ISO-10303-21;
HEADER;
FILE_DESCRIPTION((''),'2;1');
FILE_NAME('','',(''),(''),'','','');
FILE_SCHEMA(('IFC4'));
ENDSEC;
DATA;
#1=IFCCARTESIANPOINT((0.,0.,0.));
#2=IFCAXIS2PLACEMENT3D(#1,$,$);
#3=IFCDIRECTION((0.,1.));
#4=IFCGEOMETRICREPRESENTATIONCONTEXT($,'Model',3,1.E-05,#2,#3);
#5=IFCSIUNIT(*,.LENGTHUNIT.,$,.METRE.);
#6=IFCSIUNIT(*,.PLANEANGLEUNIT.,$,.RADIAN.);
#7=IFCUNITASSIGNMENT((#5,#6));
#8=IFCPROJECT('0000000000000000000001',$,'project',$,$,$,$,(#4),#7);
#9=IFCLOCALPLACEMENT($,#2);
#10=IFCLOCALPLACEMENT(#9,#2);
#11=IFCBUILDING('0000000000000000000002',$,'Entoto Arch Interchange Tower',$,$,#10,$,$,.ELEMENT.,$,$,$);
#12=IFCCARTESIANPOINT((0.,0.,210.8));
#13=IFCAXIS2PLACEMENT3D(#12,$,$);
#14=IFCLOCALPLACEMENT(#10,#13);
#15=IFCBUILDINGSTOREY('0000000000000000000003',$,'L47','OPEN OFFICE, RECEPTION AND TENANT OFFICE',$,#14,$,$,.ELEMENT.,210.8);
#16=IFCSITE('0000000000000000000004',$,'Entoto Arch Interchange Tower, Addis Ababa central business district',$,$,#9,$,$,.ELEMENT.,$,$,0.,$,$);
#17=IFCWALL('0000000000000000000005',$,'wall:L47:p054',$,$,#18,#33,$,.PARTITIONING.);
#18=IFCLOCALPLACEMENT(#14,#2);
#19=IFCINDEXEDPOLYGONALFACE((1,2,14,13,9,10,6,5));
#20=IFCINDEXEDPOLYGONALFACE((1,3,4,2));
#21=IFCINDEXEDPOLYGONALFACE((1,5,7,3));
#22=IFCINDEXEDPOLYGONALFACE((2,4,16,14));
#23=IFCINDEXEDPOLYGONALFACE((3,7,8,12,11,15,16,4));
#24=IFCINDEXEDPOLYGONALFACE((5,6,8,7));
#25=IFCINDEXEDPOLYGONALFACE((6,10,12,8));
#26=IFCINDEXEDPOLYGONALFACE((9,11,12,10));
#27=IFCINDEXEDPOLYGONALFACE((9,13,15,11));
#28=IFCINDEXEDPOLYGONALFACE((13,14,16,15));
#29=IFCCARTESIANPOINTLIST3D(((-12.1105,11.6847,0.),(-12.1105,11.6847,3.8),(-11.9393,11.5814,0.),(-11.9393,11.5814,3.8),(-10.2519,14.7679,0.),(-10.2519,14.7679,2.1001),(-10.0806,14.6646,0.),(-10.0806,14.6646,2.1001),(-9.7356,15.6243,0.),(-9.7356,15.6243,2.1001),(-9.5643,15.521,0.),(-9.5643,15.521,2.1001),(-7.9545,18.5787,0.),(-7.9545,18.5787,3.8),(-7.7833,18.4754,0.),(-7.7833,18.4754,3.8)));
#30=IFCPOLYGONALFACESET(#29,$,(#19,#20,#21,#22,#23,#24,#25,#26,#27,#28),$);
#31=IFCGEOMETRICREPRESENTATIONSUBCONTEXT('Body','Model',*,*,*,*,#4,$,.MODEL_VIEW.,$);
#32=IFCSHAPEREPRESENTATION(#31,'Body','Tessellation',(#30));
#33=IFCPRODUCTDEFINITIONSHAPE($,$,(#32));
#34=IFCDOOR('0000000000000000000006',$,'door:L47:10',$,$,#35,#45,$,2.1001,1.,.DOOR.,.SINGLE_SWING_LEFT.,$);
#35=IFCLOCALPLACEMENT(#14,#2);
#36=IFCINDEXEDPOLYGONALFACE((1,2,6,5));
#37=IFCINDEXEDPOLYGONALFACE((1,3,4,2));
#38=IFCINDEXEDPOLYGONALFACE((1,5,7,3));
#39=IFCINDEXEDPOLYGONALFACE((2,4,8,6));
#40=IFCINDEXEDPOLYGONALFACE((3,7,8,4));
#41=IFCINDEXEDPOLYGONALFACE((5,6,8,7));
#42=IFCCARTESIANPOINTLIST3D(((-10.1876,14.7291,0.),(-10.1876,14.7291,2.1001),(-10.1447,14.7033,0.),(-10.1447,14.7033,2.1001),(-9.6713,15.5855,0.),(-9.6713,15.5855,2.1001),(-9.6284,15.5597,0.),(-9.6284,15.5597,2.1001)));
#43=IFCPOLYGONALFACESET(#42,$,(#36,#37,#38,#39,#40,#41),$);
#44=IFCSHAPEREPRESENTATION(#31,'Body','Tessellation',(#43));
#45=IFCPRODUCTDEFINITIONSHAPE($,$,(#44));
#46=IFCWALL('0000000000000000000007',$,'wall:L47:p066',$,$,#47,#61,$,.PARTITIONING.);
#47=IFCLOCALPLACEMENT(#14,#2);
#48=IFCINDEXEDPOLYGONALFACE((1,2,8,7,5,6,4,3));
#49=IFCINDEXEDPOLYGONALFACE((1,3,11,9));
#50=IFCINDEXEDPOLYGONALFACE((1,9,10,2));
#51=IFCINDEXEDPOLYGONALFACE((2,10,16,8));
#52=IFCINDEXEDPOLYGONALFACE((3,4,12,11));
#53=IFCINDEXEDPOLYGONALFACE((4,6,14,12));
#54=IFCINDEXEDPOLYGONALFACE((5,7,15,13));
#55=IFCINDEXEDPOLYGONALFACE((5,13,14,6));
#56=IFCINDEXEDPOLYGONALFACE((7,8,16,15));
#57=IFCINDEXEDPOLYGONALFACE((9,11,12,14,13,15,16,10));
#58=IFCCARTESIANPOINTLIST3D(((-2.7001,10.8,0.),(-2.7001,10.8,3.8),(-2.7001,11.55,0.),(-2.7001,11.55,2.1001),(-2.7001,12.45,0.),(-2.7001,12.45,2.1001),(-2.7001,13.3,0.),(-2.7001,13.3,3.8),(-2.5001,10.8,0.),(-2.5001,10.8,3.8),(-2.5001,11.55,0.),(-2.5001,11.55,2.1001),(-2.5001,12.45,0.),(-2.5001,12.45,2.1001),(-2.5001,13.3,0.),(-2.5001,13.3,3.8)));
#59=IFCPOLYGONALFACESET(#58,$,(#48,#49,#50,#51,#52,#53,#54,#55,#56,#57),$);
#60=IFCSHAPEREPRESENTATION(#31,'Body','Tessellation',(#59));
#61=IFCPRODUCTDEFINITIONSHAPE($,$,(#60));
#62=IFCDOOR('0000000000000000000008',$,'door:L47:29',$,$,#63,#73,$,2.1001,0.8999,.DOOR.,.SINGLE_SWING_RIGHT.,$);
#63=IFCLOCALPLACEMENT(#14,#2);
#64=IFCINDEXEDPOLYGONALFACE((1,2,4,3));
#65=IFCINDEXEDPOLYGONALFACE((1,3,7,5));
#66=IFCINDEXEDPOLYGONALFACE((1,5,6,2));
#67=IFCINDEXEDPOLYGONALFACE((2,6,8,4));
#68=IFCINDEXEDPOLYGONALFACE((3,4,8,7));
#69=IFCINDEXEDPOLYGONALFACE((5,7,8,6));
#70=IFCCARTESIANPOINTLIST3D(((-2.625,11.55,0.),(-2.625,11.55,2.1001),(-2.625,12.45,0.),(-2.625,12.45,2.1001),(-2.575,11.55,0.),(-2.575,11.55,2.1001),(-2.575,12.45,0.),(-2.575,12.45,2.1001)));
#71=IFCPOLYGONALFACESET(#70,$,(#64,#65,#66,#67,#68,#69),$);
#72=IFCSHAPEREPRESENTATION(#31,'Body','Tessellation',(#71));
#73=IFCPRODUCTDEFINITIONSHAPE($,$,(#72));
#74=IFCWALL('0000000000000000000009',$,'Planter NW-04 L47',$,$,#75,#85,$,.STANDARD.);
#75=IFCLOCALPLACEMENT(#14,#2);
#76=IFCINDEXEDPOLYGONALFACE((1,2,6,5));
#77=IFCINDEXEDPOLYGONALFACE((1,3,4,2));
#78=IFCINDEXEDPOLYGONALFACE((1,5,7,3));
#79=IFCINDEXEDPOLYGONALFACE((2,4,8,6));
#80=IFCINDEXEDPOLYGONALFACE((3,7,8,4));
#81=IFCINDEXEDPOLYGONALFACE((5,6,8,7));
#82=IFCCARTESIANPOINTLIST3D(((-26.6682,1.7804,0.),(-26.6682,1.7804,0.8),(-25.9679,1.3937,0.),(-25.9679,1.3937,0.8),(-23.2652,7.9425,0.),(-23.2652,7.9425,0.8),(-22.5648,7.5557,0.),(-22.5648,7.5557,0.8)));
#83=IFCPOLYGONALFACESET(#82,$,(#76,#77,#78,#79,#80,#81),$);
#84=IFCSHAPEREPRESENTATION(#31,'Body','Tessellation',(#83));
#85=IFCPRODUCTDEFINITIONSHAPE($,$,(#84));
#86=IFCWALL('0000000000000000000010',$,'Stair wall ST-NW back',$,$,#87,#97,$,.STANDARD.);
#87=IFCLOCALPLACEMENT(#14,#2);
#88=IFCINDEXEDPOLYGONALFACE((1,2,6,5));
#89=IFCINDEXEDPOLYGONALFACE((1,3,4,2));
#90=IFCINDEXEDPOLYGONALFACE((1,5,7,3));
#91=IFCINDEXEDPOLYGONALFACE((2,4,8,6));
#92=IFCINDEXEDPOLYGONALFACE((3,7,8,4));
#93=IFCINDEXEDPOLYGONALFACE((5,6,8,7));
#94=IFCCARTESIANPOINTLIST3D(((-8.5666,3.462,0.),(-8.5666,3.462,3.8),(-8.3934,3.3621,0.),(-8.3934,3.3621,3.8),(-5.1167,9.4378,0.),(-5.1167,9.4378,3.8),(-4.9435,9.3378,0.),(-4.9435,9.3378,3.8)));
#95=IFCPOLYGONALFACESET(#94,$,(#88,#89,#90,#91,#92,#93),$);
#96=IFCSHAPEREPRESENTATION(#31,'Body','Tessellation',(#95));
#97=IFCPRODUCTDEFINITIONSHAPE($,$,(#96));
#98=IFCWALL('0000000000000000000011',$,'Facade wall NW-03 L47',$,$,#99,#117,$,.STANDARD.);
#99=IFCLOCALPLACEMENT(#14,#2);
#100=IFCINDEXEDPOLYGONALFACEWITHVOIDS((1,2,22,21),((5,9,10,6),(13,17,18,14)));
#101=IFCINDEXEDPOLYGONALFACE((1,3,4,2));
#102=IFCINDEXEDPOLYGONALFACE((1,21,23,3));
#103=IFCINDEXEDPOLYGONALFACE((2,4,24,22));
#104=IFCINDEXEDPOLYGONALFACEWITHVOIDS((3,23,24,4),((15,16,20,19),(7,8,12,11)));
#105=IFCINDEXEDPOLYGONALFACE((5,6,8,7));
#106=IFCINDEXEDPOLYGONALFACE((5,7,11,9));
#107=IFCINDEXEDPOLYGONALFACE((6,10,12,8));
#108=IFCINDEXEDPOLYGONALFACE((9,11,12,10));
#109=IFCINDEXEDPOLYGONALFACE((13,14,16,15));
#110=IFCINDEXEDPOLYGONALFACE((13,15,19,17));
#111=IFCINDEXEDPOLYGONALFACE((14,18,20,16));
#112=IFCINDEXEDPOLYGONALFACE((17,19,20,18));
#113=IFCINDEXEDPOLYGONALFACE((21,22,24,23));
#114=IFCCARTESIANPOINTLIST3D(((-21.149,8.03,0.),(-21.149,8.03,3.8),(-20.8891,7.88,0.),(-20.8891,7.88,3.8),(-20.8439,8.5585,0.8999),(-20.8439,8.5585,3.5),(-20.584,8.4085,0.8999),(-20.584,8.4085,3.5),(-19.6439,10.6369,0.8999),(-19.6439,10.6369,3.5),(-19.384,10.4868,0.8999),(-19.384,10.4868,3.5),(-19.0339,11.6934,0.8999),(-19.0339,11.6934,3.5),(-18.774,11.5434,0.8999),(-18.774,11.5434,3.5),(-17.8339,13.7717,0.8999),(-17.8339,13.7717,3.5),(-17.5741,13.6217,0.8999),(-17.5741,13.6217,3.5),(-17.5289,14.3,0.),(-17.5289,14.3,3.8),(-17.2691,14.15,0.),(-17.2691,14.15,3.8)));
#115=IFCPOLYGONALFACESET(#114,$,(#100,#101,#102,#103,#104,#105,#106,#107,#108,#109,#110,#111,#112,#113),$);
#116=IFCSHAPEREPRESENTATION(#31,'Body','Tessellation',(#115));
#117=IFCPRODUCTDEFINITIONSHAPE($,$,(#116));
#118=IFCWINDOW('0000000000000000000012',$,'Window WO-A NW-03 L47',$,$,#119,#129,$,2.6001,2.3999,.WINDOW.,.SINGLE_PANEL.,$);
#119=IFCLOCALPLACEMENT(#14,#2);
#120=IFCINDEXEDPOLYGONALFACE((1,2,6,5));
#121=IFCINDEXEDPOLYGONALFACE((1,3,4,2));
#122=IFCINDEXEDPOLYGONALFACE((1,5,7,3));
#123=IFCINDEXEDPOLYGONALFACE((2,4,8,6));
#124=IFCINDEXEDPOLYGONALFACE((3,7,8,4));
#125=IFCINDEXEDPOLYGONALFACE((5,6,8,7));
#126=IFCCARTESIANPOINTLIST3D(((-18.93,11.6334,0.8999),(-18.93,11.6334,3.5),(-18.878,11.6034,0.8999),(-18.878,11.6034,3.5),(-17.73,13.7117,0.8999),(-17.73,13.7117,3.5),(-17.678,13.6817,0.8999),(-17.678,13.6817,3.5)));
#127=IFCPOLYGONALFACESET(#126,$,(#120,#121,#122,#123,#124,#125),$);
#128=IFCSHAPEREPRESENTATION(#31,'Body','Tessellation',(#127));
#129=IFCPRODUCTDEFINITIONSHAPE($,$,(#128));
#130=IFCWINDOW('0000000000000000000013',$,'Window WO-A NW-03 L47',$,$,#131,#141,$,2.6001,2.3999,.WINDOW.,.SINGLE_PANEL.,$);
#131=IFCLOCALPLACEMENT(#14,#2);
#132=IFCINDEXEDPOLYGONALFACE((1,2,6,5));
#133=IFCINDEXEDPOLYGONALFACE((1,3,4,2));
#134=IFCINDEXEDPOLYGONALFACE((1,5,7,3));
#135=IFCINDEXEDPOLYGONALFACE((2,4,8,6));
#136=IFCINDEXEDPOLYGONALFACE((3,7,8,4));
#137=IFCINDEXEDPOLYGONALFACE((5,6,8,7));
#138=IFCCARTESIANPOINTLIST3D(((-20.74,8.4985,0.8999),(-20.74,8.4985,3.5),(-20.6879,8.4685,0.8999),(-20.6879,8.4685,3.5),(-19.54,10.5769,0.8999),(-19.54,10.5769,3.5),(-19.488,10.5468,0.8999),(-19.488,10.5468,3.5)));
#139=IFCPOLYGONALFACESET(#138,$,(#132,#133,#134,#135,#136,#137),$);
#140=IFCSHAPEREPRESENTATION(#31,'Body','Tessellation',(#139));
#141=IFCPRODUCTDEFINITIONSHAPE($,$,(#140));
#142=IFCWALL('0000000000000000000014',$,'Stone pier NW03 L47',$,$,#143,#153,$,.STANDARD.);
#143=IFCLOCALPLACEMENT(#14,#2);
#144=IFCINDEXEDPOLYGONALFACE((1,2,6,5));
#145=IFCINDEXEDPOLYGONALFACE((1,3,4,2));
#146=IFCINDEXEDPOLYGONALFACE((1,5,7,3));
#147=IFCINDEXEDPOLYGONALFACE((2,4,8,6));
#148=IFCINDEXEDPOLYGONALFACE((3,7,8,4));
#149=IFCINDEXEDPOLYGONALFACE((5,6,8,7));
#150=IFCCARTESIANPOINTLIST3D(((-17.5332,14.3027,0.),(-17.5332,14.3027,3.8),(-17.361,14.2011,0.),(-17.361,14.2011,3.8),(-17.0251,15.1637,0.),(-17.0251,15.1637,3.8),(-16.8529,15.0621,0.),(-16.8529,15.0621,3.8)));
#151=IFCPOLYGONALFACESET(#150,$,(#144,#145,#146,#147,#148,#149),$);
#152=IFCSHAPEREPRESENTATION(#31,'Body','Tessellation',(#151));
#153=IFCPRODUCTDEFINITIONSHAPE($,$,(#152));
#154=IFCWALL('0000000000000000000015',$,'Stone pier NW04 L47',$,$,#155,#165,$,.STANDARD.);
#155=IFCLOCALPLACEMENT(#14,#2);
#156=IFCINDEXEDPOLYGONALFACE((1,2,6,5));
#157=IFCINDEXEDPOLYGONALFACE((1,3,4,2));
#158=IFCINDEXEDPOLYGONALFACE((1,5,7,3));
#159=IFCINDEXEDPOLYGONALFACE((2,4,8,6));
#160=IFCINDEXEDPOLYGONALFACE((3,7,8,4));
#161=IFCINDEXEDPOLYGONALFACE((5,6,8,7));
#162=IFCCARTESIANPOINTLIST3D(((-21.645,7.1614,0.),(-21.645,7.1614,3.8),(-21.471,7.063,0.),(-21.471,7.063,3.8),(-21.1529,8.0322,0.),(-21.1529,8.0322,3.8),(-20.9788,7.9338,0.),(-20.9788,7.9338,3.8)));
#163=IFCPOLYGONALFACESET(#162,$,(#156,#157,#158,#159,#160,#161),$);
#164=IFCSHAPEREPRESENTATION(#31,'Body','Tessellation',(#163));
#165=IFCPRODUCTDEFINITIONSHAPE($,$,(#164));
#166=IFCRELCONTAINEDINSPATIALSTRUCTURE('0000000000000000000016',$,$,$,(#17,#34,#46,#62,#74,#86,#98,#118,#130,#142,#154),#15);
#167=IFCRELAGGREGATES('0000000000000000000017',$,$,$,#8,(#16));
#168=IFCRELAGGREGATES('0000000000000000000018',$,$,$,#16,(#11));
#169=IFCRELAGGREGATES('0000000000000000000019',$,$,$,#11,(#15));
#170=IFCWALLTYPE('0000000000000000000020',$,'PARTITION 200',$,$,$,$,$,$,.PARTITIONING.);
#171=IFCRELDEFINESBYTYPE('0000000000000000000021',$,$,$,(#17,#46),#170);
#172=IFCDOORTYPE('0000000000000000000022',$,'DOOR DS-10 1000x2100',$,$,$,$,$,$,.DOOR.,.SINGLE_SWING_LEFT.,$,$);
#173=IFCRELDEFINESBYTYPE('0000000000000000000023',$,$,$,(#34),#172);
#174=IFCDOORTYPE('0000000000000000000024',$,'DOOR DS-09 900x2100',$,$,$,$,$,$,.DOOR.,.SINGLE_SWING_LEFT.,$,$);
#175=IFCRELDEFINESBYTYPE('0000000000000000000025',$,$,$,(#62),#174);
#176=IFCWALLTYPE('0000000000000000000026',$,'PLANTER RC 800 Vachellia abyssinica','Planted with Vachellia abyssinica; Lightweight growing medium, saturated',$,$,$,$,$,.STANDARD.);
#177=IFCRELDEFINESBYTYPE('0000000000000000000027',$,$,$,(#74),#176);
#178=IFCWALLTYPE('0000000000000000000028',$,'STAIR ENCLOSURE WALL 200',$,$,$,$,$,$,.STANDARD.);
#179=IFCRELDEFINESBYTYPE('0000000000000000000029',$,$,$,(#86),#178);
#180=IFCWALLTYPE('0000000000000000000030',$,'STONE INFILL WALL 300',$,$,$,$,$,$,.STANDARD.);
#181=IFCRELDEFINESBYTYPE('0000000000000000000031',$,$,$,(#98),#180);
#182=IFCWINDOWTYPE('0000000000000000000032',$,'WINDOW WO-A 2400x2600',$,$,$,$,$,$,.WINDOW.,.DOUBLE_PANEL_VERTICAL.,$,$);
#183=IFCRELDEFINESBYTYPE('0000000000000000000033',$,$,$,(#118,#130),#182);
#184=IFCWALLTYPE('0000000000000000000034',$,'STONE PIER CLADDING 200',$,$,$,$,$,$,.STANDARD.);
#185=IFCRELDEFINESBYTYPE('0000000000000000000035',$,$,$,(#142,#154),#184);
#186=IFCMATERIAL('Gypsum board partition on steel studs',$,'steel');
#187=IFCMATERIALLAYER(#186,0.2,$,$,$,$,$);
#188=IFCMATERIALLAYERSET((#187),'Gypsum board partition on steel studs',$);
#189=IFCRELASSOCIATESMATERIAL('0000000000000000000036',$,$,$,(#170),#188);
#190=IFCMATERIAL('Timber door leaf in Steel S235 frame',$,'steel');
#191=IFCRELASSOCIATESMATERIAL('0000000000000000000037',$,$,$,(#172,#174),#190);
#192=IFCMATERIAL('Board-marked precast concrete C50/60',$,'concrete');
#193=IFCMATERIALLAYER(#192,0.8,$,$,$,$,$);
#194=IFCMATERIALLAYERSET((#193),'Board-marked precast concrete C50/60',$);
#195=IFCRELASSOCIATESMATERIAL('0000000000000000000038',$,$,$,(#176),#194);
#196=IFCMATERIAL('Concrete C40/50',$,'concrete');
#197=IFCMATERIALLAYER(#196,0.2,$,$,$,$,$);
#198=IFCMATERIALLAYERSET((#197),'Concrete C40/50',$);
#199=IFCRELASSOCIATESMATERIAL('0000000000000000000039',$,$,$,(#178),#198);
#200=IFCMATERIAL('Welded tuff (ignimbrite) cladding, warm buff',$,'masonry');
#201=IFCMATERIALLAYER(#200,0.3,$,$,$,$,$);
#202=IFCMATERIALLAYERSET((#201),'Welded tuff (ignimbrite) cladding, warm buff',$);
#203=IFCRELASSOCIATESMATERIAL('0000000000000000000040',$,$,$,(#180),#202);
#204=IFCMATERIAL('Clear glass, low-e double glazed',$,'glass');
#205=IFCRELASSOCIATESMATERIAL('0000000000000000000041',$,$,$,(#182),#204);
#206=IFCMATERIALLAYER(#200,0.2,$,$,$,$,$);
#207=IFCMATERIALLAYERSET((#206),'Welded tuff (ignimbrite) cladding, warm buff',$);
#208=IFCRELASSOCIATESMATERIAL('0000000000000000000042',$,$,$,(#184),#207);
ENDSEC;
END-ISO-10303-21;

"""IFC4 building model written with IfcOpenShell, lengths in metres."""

from ifc_helpers import new_model, si_unit, direction, frame, frame_2d, origin, place, context, subcontext, project, spatial, rectangle, extrude, material, layer, layer_set, type_object, element, fill, save


model = new_model("IFC4")

# Units and contexts
model_context = context("Model", 3, precision=1e-05, world=origin(), true_north=direction((0.0, 1.0)))
body_context = subcontext(model_context, "Body", "Model", "MODEL_VIEW")
ifc_project = project(units=[si_unit("LENGTHUNIT", "METRE"), si_unit("PLANEANGLEUNIT", "RADIAN")], contexts=[model_context])

# Site, building, storey
site_placement = place(None, origin())
site = spatial("IfcSite", under=ifc_project, at=site_placement, Name="Entoto Arch Interchange Tower, Addis Ababa central business district", CompositionType="ELEMENT", RefElevation=0.0)
building_placement = place(site_placement, origin())
building = spatial("IfcBuilding", under=site, at=building_placement, Name="Entoto Arch Interchange Tower", CompositionType="ELEMENT")
storey_placement = place(building_placement, frame((0.0, 0.0, 210.8)))
storey = spatial("IfcBuildingStorey", under=building, at=storey_placement, Name="L47", Description="OPEN OFFICE, RECEPTION AND TENANT OFFICE", CompositionType="ELEMENT", Elevation=210.8)

# Shared definitions
ifc_material_1 = material(Name="Concrete C40/50", Category="concrete")
ifc_material_2 = material(Name="Gypsum board partition on steel studs", Category="steel")

# Shared definitions
ifc_layer_1 = layer(ifc_material_2, 0.2)
ifc_layer_set_1 = layer_set([ifc_layer_1], Name="Gypsum board partition on steel studs")
wall_type_1 = type_object("IfcWallType", Name="PARTITION 200", PredefinedType="PARTITIONING", material=ifc_layer_set_1)
ifc_material_3 = material(Name="Timber door leaf in Steel S235 frame", Category="steel")
door_type_1 = type_object("IfcDoorType", Name="DOOR DS-10 1000x2100", OperationType="SINGLE_SWING_LEFT", PredefinedType="DOOR", material=ifc_material_3)

# Walls, openings, doors
wall_1_placement = place(storey_placement, frame((-12.0249, 11.6331, 0.0), z_axis=(0.0, 0.0, 1.0), x_axis=(0.516283, 0.856418, 0.0)))
wall_1 = element("IfcWall", 1, at=wall_1_placement, inside=storey, type_object=wall_type_1, Name="wall:L47:p054", PredefinedType="PARTITIONING", context=body_context, shape_type="SweptSolid", body=[
    extrude(rectangle(XDim=8.0498, YDim=0.2, at=frame_2d((4.0249, 0.0))), origin(), (0.0, 0.0, 1.0), 3.8),
])
opening_1_placement = place(wall_1_placement, frame((3.6001, 0.0, 0.0)))
opening_1 = element("IfcOpeningElement", 2, at=opening_1_placement, cuts=wall_1, PredefinedType="OPENING", context=body_context, shape_type="SweptSolid", body=[
    extrude(rectangle(XDim=1.0, YDim=2.1001, at=frame_2d((0.5, 1.05))), frame((0.0, 0.1099, 0.0), z_axis=(0.0, -1.0, 0.0), x_axis=(1.0, 0.0, 0.0)), (0.0, 0.0, 1.0), 0.22),
])
door_1_placement = place(opening_1_placement, origin())
door_1 = element("IfcDoor", 3, at=door_1_placement, inside=storey, type_object=door_type_1, Name="door:L47:10", OperationType="SINGLE_SWING_LEFT", OverallHeight=2.1001, OverallWidth=1.0, PredefinedType="DOOR", context=body_context, shape_type="SweptSolid", body=[
    extrude(rectangle(XDim=1.0, YDim=2.1001, at=frame_2d((0.5, 1.05))), frame((0.0, 0.0249, 0.0), z_axis=(0.0, -1.0, 0.0), x_axis=(1.0, 0.0, 0.0)), (0.0, 0.0, 1.0), 0.05),
])
fill(opening_1, door_1)
wall_2_placement = place(storey_placement, frame((-2.6001, 10.8, 0.0), z_axis=(0.0, 0.0, 1.0), x_axis=(0.0, 1.0, 0.0)))
wall_2 = element("IfcWall", 4, at=wall_2_placement, inside=storey, type_object=wall_type_1, Name="wall:L47:p066", PredefinedType="PARTITIONING", context=body_context, shape_type="SweptSolid", body=[
    extrude(rectangle(XDim=2.5, YDim=0.2, at=frame_2d((1.25, 0.0))), origin(), (0.0, 0.0, 1.0), 3.8),
])
opening_2_placement = place(wall_2_placement, frame((0.75, 0.0, 0.0)))
opening_2 = element("IfcOpeningElement", 5, at=opening_2_placement, cuts=wall_2, PredefinedType="OPENING", context=body_context, shape_type="SweptSolid", body=[
    extrude(rectangle(XDim=0.8999, YDim=2.1001, at=frame_2d((0.45, 1.05))), frame((0.0, 0.1099, 0.0), z_axis=(0.0, -1.0, 0.0), x_axis=(1.0, 0.0, 0.0)), (0.0, 0.0, 1.0), 0.22),
])
door_type_2 = type_object("IfcDoorType", Name="DOOR DS-09 900x2100", OperationType="SINGLE_SWING_LEFT", PredefinedType="DOOR", material=ifc_material_3)
door_2_placement = place(opening_2_placement, origin())
door_2 = element("IfcDoor", 6, at=door_2_placement, inside=storey, type_object=door_type_2, Name="door:L47:29", OperationType="SINGLE_SWING_RIGHT", OverallHeight=2.1001, OverallWidth=0.8999, PredefinedType="DOOR", context=body_context, shape_type="SweptSolid", body=[
    extrude(rectangle(XDim=0.8999, YDim=2.1001, at=frame_2d((0.45, 1.05))), frame((0.0, 0.0249, 0.0), z_axis=(0.0, -1.0, 0.0), x_axis=(1.0, 0.0, 0.0)), (0.0, 0.0, 1.0), 0.05),
])
fill(opening_2, door_2)

# Walls
ifc_material_4 = material(Name="Board-marked precast concrete C50/60", Category="concrete")
ifc_layer_2 = layer(ifc_material_4, 0.8)
ifc_layer_set_2 = layer_set([ifc_layer_2], Name="Board-marked precast concrete C50/60")
wall_type_2 = type_object("IfcWallType", Name="PLANTER RC 800 Vachellia abyssinica", Description="Planted with Vachellia abyssinica; Lightweight growing medium, saturated", PredefinedType="STANDARD", material=ifc_layer_set_2)
wall_3_placement = place(storey_placement, frame((-22.915, 7.749, 0.0), z_axis=(0.0, 0.0, 1.0), x_axis=(-0.483436, -0.87538, 0.0)))
element("IfcWall", 7, at=wall_3_placement, inside=storey, type_object=wall_type_2, Name="Planter NW-04 L47", PredefinedType="STANDARD", context=body_context, shape_type="SweptSolid", body=[
    extrude(rectangle(XDim=7.0393, YDim=0.8, at=frame_2d((3.5195, 0.0))), origin(), (0.0, 0.0, 1.0), 0.8),
])
ifc_layer_3 = layer(ifc_material_1, 0.2)
ifc_layer_set_3 = layer_set([ifc_layer_3], Name="Concrete C40/50")
wall_type_3 = type_object("IfcWallType", Name="STAIR ENCLOSURE WALL 200", PredefinedType="STANDARD", material=ifc_layer_set_3)
wall_4_placement = place(storey_placement, frame((-5.03, 9.3879, 0.0), z_axis=(0.0, 0.0, 1.0), x_axis=(-0.499979, -0.866038, 0.0)))
element("IfcWall", 8, at=wall_4_placement, inside=storey, type_object=wall_type_3, Name="Stair wall ST-NW back", PredefinedType="STANDARD", context=body_context, shape_type="SweptSolid", body=[
    extrude(rectangle(XDim=6.9001, YDim=0.2, at=frame_2d((3.4502, 0.0))), origin(), (0.0, 0.0, 1.0), 3.8),
])

# Wall, openings, windows
ifc_material_5 = material(Name="Welded tuff (ignimbrite) cladding, warm buff", Category="masonry")
ifc_layer_4 = layer(ifc_material_5, 0.3)
ifc_layer_set_4 = layer_set([ifc_layer_4], Name="Welded tuff (ignimbrite) cladding, warm buff")
wall_type_4 = type_object("IfcWallType", Name="STONE INFILL WALL 300", PredefinedType="STANDARD", material=ifc_layer_set_4)
wall_5_placement = place(storey_placement, frame((-17.3989, 14.2251, 0.0), z_axis=(0.0, 0.0, 1.0), x_axis=(-0.500012, -0.866018, 0.0)))
wall_5 = element("IfcWall", 9, at=wall_5_placement, inside=storey, type_object=wall_type_4, Name="Facade wall NW-03 L47", PredefinedType="STANDARD", context=body_context, shape_type="SweptSolid", body=[
    extrude(rectangle(XDim=7.24, YDim=0.3, at=frame_2d((3.6201, 0.0))), origin(), (0.0, 0.0, 1.0), 3.8),
])
opening_3_placement = place(wall_5_placement, frame((0.6101, 0.0, 0.8999)))
opening_3 = element("IfcOpeningElement", 10, at=opening_3_placement, cuts=wall_5, PredefinedType="OPENING", context=body_context, shape_type="SweptSolid", body=[
    extrude(rectangle(XDim=2.3999, YDim=2.6001, at=frame_2d((1.2, 1.3))), frame((0.0, 0.1602, 0.0), z_axis=(0.0, -1.0, 0.0), x_axis=(1.0, 0.0, 0.0)), (0.0, 0.0, 1.0), 0.3201),
])
opening_4_placement = place(wall_5_placement, frame((4.23, 0.0, 0.8999)))
opening_4 = element("IfcOpeningElement", 11, at=opening_4_placement, cuts=wall_5, PredefinedType="OPENING", context=body_context, shape_type="SweptSolid", body=[
    extrude(rectangle(XDim=2.3999, YDim=2.6001, at=frame_2d((1.2, 1.3))), frame((0.0, 0.1602, 0.0), z_axis=(0.0, -1.0, 0.0), x_axis=(1.0, 0.0, 0.0)), (0.0, 0.0, 1.0), 0.3201),
])
ifc_material_6 = material(Name="Clear glass, low-e double glazed", Category="glass")
window_type = type_object("IfcWindowType", Name="WINDOW WO-A 2400x2600", PartitioningType="DOUBLE_PANEL_VERTICAL", PredefinedType="WINDOW", material=ifc_material_6)
window_1_placement = place(opening_3_placement, origin())
window_1 = element("IfcWindow", 12, at=window_1_placement, inside=storey, type_object=window_type, Name="Window WO-A NW-03 L47", OverallHeight=2.6001, OverallWidth=2.3999, PartitioningType="SINGLE_PANEL", PredefinedType="WINDOW", context=body_context, shape_type="SweptSolid", body=[
    extrude(rectangle(XDim=2.3999, YDim=2.6001, at=frame_2d((1.2, 1.3))), frame((0.0, 0.03, 0.0), z_axis=(0.0, -1.0, 0.0), x_axis=(1.0, 0.0, 0.0)), (0.0, 0.0, 1.0), 0.0601),
])
fill(opening_3, window_1)
window_2_placement = place(opening_4_placement, origin())
window_2 = element("IfcWindow", 13, at=window_2_placement, inside=storey, type_object=window_type, Name="Window WO-A NW-03 L47", OverallHeight=2.6001, OverallWidth=2.3999, PartitioningType="SINGLE_PANEL", PredefinedType="WINDOW", context=body_context, shape_type="SweptSolid", body=[
    extrude(rectangle(XDim=2.3999, YDim=2.6001, at=frame_2d((1.2, 1.3))), frame((0.0, 0.03, 0.0), z_axis=(0.0, -1.0, 0.0), x_axis=(1.0, 0.0, 0.0)), (0.0, 0.0, 1.0), 0.0601),
])
fill(opening_4, window_2)

# Walls
ifc_layer_5 = layer(ifc_material_5, 0.2)
ifc_layer_set_5 = layer_set([ifc_layer_5], Name="Welded tuff (ignimbrite) cladding, warm buff")
wall_type_5 = type_object("IfcWallType", Name="STONE PIER CLADDING 200", PredefinedType="STANDARD", material=ifc_layer_set_5)
wall_6_placement = place(storey_placement, frame((-16.939, 15.113, 0.0), z_axis=(0.0, 0.0, 1.0), x_axis=(-0.508162, -0.861262, 0.0)))
element("IfcWall", 14, at=wall_6_placement, inside=storey, type_object=wall_type_5, Name="Stone pier NW03 L47", PredefinedType="STANDARD", context=body_context, shape_type="SweptSolid", body=[
    extrude(rectangle(XDim=0.9998, YDim=0.2, at=frame_2d((0.5, 0.0))), origin(), (0.0, 0.0, 1.0), 3.8),
])
wall_7_placement = place(storey_placement, frame((-21.0659, 7.9829, 0.0), z_axis=(0.0, 0.0, 1.0), x_axis=(-0.492033, -0.870576, 0.0)))
element("IfcWall", 15, at=wall_7_placement, inside=storey, type_object=wall_type_5, Name="Stone pier NW04 L47", PredefinedType="STANDARD", context=body_context, shape_type="SweptSolid", body=[
    extrude(rectangle(XDim=1.0002, YDim=0.2, at=frame_2d((0.5, 0.0))), origin(), (0.0, 0.0, 1.0), 3.8),
])

save(model, "model.ifc")
